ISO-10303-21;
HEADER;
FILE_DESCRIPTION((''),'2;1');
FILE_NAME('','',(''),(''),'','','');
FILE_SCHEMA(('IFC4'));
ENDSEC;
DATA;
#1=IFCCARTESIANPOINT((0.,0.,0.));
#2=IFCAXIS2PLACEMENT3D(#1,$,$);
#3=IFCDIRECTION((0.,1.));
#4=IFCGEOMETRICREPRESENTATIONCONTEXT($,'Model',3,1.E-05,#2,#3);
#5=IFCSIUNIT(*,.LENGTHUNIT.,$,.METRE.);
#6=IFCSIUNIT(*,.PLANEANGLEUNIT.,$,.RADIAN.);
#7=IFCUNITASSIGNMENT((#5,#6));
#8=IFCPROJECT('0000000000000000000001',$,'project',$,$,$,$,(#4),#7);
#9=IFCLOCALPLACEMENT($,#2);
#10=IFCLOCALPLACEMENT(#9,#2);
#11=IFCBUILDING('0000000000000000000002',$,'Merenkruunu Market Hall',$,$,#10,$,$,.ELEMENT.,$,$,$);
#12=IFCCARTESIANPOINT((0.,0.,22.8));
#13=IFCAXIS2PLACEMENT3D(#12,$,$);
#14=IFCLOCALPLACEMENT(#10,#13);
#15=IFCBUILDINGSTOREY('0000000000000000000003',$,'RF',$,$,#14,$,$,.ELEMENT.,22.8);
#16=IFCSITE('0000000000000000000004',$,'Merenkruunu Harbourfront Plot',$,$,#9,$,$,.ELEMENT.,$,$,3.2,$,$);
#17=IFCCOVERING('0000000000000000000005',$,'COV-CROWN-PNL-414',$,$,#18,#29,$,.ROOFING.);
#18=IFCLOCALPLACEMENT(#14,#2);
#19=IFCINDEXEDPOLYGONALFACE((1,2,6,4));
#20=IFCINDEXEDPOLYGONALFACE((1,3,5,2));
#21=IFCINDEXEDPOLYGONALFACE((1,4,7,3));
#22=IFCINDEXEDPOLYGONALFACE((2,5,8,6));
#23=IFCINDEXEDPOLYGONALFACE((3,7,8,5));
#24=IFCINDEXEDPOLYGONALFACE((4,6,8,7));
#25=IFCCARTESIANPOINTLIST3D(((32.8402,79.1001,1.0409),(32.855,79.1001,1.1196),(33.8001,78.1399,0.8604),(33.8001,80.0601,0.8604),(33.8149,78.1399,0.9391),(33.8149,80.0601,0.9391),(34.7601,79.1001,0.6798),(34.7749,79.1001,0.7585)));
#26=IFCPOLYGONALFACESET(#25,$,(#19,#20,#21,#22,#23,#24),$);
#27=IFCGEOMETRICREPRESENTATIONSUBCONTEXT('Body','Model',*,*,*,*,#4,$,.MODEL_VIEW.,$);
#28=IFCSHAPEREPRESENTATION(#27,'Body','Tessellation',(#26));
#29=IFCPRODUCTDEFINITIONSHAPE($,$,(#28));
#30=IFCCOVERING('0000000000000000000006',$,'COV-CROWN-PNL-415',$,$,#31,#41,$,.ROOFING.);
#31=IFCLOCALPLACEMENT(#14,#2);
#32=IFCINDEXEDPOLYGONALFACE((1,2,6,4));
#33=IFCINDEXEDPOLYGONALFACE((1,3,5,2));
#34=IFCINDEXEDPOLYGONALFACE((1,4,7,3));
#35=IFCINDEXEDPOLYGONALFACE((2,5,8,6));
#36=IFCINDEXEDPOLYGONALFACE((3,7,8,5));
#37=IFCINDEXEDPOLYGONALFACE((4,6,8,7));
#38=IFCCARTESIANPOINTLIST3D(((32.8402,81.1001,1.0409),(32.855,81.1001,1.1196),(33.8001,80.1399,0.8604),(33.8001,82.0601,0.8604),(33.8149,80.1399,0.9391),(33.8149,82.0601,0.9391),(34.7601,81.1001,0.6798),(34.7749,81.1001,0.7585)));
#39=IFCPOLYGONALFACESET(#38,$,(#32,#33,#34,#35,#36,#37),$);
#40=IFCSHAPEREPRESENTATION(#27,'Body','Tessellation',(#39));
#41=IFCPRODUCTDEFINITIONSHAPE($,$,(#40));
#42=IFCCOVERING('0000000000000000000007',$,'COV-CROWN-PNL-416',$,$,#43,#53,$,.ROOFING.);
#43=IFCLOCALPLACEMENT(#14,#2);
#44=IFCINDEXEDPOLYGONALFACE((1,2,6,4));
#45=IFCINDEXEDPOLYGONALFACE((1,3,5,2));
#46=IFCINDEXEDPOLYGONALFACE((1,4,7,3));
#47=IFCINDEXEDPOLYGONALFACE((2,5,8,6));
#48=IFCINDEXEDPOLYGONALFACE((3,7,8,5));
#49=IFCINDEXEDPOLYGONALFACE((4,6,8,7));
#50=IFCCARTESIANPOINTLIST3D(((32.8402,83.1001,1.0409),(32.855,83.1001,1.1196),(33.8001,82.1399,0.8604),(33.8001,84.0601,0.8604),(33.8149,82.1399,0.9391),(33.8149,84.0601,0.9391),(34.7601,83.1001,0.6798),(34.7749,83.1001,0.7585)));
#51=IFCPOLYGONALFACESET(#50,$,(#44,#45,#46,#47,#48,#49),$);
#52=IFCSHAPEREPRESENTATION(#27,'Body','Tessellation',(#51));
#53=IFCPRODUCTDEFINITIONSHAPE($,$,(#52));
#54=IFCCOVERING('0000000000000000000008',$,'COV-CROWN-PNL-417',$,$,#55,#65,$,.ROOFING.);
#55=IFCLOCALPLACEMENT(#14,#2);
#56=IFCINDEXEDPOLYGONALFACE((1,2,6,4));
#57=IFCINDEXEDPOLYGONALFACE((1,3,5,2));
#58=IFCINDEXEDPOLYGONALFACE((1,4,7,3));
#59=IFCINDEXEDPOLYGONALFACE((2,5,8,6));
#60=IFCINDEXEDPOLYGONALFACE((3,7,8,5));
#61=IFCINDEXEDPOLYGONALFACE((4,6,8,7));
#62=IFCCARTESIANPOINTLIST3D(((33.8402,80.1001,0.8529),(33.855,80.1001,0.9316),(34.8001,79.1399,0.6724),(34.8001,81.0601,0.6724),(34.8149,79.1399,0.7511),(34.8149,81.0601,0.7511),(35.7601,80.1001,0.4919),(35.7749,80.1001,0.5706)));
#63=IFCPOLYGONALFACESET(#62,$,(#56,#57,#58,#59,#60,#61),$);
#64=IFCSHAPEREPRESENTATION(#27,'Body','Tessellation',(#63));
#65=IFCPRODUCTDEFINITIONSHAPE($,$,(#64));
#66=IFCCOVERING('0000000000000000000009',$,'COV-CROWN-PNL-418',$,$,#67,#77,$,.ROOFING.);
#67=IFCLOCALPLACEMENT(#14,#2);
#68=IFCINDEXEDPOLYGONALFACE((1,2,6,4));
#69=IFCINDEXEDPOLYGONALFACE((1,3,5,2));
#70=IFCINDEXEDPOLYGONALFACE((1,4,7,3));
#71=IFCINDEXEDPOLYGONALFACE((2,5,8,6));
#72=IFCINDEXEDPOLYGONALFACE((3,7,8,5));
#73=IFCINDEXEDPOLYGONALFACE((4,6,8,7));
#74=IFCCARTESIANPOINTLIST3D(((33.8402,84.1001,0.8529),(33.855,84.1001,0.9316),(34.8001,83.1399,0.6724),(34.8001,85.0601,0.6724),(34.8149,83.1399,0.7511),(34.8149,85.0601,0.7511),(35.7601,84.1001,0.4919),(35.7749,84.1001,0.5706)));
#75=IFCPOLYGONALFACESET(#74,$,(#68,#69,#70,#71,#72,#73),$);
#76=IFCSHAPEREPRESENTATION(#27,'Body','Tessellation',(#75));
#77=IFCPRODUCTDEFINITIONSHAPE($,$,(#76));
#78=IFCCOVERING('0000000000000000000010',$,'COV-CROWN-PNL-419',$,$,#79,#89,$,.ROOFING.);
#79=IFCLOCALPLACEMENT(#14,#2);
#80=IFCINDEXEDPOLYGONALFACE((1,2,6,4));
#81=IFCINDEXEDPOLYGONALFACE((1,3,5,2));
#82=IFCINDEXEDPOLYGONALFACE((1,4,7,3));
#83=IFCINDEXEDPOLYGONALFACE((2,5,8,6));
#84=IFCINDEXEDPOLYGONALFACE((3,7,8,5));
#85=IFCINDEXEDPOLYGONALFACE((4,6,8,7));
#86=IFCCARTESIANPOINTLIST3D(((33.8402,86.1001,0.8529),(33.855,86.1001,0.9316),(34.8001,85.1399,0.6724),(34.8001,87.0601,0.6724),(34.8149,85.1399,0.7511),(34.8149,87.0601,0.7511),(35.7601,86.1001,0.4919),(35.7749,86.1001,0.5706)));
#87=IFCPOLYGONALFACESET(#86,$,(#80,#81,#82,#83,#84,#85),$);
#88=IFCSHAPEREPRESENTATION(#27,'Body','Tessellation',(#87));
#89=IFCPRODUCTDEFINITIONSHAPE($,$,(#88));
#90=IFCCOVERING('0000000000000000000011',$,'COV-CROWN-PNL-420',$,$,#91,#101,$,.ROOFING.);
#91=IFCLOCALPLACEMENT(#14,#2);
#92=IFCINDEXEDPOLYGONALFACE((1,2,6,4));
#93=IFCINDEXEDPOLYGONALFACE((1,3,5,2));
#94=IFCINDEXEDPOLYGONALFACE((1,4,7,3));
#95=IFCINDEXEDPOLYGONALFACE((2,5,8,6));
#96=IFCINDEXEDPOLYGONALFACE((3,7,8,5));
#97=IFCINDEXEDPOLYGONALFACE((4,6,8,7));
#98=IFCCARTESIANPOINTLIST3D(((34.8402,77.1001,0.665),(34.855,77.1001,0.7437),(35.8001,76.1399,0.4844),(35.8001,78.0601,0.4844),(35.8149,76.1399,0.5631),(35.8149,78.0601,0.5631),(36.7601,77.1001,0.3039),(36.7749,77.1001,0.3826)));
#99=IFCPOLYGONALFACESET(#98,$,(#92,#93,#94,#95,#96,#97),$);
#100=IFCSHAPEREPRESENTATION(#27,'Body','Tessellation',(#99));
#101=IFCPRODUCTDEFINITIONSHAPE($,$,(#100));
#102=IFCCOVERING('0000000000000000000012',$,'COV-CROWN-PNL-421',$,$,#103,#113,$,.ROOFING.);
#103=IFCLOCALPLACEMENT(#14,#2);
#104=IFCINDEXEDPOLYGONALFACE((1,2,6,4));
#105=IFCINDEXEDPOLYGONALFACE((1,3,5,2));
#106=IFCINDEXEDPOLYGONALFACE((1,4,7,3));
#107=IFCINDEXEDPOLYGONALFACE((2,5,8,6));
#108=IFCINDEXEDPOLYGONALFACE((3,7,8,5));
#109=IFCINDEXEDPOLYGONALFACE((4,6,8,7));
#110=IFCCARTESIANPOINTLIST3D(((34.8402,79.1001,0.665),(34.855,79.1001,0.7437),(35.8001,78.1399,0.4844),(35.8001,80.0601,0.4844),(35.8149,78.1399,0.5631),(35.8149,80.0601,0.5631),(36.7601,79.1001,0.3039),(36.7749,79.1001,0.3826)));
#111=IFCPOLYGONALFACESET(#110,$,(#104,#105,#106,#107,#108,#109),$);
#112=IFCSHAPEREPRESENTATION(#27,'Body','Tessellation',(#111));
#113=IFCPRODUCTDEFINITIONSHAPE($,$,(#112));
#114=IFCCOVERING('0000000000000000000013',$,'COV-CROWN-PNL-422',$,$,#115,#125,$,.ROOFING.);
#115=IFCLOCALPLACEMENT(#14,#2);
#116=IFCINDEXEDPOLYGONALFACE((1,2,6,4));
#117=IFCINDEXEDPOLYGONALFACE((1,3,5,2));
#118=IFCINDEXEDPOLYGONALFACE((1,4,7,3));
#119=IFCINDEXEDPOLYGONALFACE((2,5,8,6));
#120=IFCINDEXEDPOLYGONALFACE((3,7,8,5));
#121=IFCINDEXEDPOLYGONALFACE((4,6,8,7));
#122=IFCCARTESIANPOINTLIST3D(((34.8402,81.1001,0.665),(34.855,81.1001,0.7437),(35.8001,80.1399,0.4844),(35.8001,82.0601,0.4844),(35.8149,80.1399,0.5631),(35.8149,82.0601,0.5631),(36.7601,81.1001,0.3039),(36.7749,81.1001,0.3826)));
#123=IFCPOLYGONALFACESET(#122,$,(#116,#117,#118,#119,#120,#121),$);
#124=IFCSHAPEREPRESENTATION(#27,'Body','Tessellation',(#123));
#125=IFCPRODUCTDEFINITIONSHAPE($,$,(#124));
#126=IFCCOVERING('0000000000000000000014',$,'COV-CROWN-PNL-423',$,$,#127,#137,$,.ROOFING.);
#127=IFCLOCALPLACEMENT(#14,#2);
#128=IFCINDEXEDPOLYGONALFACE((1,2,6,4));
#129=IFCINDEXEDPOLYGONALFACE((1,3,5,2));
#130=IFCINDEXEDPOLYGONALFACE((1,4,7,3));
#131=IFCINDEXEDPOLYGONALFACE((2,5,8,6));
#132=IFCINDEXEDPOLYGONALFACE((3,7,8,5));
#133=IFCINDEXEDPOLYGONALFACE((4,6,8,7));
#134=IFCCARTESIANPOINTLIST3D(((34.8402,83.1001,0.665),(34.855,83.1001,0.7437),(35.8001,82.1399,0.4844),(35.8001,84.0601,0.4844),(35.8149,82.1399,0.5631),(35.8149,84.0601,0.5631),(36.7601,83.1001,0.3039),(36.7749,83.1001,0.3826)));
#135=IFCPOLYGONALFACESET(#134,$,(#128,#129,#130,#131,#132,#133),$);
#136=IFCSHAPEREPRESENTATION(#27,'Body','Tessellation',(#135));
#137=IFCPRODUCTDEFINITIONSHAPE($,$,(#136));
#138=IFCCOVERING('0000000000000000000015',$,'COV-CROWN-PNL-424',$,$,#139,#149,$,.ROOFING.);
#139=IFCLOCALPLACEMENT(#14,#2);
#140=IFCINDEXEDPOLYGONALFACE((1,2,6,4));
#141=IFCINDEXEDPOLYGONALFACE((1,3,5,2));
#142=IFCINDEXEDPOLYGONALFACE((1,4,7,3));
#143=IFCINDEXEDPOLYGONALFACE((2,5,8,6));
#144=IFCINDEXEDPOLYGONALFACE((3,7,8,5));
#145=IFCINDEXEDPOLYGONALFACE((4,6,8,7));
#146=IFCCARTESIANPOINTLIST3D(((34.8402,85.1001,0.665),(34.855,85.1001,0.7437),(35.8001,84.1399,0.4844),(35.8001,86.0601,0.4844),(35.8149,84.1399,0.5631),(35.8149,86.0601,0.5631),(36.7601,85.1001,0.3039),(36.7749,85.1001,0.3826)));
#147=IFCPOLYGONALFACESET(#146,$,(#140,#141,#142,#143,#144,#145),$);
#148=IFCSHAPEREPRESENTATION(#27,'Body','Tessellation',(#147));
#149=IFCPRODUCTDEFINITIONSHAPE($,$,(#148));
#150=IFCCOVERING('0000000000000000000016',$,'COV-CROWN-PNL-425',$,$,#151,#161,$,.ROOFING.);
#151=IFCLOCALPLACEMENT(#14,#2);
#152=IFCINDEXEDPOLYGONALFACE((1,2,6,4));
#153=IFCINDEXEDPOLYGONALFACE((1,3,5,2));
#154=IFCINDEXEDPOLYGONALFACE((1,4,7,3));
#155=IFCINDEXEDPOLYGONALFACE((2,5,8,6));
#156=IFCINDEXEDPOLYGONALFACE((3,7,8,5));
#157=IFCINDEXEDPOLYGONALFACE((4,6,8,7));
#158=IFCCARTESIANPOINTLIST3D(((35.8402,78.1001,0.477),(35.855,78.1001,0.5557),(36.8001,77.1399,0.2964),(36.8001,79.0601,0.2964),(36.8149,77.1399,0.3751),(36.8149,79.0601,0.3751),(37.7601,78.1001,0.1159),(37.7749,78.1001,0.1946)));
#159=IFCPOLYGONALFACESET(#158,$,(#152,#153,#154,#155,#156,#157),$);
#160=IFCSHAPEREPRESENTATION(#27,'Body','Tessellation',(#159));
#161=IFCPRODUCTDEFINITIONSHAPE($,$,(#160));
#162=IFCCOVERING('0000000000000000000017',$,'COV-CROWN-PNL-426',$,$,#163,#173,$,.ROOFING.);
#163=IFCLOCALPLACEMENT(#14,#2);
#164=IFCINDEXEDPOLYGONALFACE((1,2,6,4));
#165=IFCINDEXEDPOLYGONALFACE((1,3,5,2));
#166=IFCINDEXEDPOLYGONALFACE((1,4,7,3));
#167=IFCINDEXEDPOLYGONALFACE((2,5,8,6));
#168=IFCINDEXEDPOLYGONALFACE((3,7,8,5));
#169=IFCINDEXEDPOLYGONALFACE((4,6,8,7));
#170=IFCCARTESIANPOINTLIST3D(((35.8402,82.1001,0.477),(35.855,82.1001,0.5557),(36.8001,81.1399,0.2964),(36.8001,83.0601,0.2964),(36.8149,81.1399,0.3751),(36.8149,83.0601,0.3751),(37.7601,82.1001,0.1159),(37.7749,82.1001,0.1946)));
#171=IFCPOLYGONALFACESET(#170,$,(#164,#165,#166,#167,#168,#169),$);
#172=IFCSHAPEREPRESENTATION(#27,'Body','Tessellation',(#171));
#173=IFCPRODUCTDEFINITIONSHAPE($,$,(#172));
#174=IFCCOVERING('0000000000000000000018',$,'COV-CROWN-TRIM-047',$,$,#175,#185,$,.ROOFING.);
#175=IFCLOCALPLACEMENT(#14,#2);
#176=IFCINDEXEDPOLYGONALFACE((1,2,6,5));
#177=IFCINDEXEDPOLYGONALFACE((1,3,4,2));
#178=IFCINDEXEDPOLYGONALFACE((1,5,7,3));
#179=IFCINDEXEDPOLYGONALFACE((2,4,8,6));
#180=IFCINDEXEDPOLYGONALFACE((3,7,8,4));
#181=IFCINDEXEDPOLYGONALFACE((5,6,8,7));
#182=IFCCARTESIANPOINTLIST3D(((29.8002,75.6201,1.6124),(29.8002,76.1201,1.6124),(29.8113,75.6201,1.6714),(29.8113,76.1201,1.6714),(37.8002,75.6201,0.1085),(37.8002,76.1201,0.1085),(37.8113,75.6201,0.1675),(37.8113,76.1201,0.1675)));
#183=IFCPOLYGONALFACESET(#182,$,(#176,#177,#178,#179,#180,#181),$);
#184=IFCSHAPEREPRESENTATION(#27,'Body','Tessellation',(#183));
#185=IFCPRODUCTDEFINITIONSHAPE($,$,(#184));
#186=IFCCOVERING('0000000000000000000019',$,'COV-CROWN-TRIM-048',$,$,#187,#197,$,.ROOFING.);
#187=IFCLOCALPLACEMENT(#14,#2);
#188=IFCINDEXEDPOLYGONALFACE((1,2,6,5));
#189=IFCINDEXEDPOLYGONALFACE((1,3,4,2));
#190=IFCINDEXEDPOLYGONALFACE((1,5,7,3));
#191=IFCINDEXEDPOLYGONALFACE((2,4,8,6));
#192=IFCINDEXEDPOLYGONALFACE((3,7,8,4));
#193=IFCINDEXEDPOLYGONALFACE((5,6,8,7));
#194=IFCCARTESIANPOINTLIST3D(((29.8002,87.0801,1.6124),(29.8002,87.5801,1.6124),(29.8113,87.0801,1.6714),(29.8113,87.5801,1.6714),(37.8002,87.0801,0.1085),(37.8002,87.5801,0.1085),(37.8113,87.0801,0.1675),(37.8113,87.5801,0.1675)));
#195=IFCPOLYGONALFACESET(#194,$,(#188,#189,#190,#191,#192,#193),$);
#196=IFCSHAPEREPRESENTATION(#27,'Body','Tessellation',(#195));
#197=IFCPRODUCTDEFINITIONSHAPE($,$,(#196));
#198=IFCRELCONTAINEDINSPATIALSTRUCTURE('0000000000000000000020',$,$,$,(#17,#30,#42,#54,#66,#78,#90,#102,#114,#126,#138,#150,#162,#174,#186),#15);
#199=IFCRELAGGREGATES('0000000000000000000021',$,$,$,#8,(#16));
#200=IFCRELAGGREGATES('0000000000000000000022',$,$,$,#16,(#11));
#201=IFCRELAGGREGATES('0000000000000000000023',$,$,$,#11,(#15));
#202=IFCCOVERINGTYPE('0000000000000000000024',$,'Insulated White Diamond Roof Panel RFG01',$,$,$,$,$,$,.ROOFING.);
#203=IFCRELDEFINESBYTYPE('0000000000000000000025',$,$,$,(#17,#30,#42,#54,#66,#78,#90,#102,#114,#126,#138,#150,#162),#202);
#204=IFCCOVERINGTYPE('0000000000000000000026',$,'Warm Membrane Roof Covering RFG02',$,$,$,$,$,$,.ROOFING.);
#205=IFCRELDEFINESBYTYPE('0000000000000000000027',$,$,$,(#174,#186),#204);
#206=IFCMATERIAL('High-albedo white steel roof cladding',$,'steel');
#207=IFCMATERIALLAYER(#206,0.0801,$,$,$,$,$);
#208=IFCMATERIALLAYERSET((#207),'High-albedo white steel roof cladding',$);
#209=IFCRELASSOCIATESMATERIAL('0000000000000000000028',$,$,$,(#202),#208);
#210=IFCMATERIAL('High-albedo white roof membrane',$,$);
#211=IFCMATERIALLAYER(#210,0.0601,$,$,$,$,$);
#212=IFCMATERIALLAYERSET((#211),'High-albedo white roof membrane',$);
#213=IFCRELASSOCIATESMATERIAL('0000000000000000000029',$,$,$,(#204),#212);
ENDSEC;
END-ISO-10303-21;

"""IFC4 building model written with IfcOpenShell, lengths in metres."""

from ifc_helpers import new_model, si_unit, direction, frame, origin, place, context, subcontext, project, spatial, polyline, outline, extrude, material, layer, layer_set, type_object, element, save


model = new_model("IFC4")

# Units and contexts
model_context = context("Model", 3, precision=1e-05, world=origin(), true_north=direction((0.0, 1.0)))
body_context = subcontext(model_context, "Body", "Model", "MODEL_VIEW")
ifc_project = project(units=[si_unit("LENGTHUNIT", "METRE"), si_unit("PLANEANGLEUNIT", "RADIAN")], contexts=[model_context])

# Site, building, storey
site_placement = place(None, origin())
site = spatial("IfcSite", under=ifc_project, at=site_placement, Name="Merenkruunu Harbourfront Plot", CompositionType="ELEMENT", RefElevation=3.2)
building_placement = place(site_placement, origin())
building = spatial("IfcBuilding", under=site, at=building_placement, Name="Merenkruunu Market Hall", CompositionType="ELEMENT")
storey_placement = place(building_placement, frame((0.0, 0.0, 22.8)))
storey = spatial("IfcBuildingStorey", under=building, at=storey_placement, Name="RF", CompositionType="ELEMENT", Elevation=22.8)

# Coverings
ifc_material_1 = material(Name="High-albedo white steel roof cladding", Category="steel")
ifc_layer_1 = layer(ifc_material_1, 0.0801)
ifc_layer_set_1 = layer_set([ifc_layer_1], Name="High-albedo white steel roof cladding")
covering_type_1 = type_object("IfcCoveringType", Name="Insulated White Diamond Roof Panel RFG01", PredefinedType="ROOFING", material=ifc_layer_set_1)
for number, where, z_axis, x_axis, name in (
    (1, (32.855, 79.1001, 1.1196), (0.184832, 0.0, 0.98277), (0.70084, -0.701035, -0.131809), "COV-CROWN-PNL-414"),
    (2, (32.855, 81.1001, 1.1196), (0.184832, 0.0, 0.98277), (0.70084, -0.701035, -0.131809), "COV-CROWN-PNL-415"),
    (3, (32.855, 83.1001, 1.1196), (0.184832, 0.0, 0.98277), (0.70084, -0.701035, -0.131809), "COV-CROWN-PNL-416"),
    (4, (33.855, 80.1001, 0.9316), (0.184832, 0.0, 0.98277), (0.70084, -0.701035, -0.131809), "COV-CROWN-PNL-417"),
    (5, (33.855, 84.1001, 0.9316), (0.184832, 0.0, 0.98277), (0.70084, -0.701035, -0.131809), "COV-CROWN-PNL-418"),
    (6, (33.855, 86.1001, 0.9316), (0.184832, 0.0, 0.98277), (0.70084, -0.701035, -0.131809), "COV-CROWN-PNL-419"),
    (7, (34.855, 77.1001, 0.7437), (0.184832, 0.0, 0.98277), (0.70084, -0.701035, -0.131809), "COV-CROWN-PNL-420"),
    (8, (34.855, 79.1001, 0.7437), (0.184832, 0.0, 0.98277), (0.70084, -0.701035, -0.131809), "COV-CROWN-PNL-421"),
    (9, (34.855, 81.1001, 0.7437), (0.184832, 0.0, 0.98277), (0.70084, -0.701035, -0.131809), "COV-CROWN-PNL-422"),
    (10, (34.855, 83.1001, 0.7437), (0.184832, 0.0, 0.98277), (0.70084, -0.701035, -0.131809), "COV-CROWN-PNL-423"),
    (11, (34.855, 85.1001, 0.7437), (0.184832, 0.0, 0.98277), (0.70084, -0.701035, -0.131809), "COV-CROWN-PNL-424"),
    (12, (35.855, 78.1001, 0.5557), (0.184832, 0.0, 0.98277), (0.70084, -0.701035, -0.131809), "COV-CROWN-PNL-425"),
    (13, (35.855, 82.1001, 0.5557), (0.184832, 0.0, 0.98277), (0.70084, -0.701035, -0.131809), "COV-CROWN-PNL-426"),
):
    element("IfcCovering", number, at=place(storey_placement, frame(where, z_axis=z_axis, x_axis=x_axis)), inside=storey, type_object=covering_type_1, Name=name, PredefinedType="ROOFING", context=body_context, shape_type="SweptSolid", body=[
        extrude(outline(polyline([(0.0, 0.0), (1.3697, 0.0), (1.3932, 1.3695), (0.0236, 1.3693), (0.0, 0.0)])), origin(), (0.0, 0.0, -1.0), 0.0801),
    ])
ifc_material_2 = material(Name="High-albedo white roof membrane")
ifc_layer_2 = layer(ifc_material_2, 0.0601)
ifc_layer_set_2 = layer_set([ifc_layer_2], Name="High-albedo white roof membrane")
covering_type_2 = type_object("IfcCoveringType", Name="Warm Membrane Roof Covering RFG02", PredefinedType="ROOFING", material=ifc_layer_set_2)
for number, where, z_axis, x_axis, name in (
    (14, (29.8113, 75.6201, 1.6714), (0.184752, 0.0, 0.982785), (0.982785, 0.0, -0.184752), "COV-CROWN-TRIM-047"),
    (15, (29.8113, 87.0801, 1.6714), (0.184752, 0.0, 0.982785), (0.982785, 0.0, -0.184752), "COV-CROWN-TRIM-048"),
):
    element("IfcCovering", number, at=place(storey_placement, frame(where, z_axis=z_axis, x_axis=x_axis)), inside=storey, type_object=covering_type_2, Name=name, PredefinedType="ROOFING", context=body_context, shape_type="SweptSolid", body=[
        extrude(outline(polyline([(0.0, 0.0), (8.1401, 0.0), (8.1401, 0.5), (0.0, 0.5), (0.0, 0.0)])), origin(), (0.0, 0.0, -1.0), 0.0601),
    ])

save(model, "model.ifc")
